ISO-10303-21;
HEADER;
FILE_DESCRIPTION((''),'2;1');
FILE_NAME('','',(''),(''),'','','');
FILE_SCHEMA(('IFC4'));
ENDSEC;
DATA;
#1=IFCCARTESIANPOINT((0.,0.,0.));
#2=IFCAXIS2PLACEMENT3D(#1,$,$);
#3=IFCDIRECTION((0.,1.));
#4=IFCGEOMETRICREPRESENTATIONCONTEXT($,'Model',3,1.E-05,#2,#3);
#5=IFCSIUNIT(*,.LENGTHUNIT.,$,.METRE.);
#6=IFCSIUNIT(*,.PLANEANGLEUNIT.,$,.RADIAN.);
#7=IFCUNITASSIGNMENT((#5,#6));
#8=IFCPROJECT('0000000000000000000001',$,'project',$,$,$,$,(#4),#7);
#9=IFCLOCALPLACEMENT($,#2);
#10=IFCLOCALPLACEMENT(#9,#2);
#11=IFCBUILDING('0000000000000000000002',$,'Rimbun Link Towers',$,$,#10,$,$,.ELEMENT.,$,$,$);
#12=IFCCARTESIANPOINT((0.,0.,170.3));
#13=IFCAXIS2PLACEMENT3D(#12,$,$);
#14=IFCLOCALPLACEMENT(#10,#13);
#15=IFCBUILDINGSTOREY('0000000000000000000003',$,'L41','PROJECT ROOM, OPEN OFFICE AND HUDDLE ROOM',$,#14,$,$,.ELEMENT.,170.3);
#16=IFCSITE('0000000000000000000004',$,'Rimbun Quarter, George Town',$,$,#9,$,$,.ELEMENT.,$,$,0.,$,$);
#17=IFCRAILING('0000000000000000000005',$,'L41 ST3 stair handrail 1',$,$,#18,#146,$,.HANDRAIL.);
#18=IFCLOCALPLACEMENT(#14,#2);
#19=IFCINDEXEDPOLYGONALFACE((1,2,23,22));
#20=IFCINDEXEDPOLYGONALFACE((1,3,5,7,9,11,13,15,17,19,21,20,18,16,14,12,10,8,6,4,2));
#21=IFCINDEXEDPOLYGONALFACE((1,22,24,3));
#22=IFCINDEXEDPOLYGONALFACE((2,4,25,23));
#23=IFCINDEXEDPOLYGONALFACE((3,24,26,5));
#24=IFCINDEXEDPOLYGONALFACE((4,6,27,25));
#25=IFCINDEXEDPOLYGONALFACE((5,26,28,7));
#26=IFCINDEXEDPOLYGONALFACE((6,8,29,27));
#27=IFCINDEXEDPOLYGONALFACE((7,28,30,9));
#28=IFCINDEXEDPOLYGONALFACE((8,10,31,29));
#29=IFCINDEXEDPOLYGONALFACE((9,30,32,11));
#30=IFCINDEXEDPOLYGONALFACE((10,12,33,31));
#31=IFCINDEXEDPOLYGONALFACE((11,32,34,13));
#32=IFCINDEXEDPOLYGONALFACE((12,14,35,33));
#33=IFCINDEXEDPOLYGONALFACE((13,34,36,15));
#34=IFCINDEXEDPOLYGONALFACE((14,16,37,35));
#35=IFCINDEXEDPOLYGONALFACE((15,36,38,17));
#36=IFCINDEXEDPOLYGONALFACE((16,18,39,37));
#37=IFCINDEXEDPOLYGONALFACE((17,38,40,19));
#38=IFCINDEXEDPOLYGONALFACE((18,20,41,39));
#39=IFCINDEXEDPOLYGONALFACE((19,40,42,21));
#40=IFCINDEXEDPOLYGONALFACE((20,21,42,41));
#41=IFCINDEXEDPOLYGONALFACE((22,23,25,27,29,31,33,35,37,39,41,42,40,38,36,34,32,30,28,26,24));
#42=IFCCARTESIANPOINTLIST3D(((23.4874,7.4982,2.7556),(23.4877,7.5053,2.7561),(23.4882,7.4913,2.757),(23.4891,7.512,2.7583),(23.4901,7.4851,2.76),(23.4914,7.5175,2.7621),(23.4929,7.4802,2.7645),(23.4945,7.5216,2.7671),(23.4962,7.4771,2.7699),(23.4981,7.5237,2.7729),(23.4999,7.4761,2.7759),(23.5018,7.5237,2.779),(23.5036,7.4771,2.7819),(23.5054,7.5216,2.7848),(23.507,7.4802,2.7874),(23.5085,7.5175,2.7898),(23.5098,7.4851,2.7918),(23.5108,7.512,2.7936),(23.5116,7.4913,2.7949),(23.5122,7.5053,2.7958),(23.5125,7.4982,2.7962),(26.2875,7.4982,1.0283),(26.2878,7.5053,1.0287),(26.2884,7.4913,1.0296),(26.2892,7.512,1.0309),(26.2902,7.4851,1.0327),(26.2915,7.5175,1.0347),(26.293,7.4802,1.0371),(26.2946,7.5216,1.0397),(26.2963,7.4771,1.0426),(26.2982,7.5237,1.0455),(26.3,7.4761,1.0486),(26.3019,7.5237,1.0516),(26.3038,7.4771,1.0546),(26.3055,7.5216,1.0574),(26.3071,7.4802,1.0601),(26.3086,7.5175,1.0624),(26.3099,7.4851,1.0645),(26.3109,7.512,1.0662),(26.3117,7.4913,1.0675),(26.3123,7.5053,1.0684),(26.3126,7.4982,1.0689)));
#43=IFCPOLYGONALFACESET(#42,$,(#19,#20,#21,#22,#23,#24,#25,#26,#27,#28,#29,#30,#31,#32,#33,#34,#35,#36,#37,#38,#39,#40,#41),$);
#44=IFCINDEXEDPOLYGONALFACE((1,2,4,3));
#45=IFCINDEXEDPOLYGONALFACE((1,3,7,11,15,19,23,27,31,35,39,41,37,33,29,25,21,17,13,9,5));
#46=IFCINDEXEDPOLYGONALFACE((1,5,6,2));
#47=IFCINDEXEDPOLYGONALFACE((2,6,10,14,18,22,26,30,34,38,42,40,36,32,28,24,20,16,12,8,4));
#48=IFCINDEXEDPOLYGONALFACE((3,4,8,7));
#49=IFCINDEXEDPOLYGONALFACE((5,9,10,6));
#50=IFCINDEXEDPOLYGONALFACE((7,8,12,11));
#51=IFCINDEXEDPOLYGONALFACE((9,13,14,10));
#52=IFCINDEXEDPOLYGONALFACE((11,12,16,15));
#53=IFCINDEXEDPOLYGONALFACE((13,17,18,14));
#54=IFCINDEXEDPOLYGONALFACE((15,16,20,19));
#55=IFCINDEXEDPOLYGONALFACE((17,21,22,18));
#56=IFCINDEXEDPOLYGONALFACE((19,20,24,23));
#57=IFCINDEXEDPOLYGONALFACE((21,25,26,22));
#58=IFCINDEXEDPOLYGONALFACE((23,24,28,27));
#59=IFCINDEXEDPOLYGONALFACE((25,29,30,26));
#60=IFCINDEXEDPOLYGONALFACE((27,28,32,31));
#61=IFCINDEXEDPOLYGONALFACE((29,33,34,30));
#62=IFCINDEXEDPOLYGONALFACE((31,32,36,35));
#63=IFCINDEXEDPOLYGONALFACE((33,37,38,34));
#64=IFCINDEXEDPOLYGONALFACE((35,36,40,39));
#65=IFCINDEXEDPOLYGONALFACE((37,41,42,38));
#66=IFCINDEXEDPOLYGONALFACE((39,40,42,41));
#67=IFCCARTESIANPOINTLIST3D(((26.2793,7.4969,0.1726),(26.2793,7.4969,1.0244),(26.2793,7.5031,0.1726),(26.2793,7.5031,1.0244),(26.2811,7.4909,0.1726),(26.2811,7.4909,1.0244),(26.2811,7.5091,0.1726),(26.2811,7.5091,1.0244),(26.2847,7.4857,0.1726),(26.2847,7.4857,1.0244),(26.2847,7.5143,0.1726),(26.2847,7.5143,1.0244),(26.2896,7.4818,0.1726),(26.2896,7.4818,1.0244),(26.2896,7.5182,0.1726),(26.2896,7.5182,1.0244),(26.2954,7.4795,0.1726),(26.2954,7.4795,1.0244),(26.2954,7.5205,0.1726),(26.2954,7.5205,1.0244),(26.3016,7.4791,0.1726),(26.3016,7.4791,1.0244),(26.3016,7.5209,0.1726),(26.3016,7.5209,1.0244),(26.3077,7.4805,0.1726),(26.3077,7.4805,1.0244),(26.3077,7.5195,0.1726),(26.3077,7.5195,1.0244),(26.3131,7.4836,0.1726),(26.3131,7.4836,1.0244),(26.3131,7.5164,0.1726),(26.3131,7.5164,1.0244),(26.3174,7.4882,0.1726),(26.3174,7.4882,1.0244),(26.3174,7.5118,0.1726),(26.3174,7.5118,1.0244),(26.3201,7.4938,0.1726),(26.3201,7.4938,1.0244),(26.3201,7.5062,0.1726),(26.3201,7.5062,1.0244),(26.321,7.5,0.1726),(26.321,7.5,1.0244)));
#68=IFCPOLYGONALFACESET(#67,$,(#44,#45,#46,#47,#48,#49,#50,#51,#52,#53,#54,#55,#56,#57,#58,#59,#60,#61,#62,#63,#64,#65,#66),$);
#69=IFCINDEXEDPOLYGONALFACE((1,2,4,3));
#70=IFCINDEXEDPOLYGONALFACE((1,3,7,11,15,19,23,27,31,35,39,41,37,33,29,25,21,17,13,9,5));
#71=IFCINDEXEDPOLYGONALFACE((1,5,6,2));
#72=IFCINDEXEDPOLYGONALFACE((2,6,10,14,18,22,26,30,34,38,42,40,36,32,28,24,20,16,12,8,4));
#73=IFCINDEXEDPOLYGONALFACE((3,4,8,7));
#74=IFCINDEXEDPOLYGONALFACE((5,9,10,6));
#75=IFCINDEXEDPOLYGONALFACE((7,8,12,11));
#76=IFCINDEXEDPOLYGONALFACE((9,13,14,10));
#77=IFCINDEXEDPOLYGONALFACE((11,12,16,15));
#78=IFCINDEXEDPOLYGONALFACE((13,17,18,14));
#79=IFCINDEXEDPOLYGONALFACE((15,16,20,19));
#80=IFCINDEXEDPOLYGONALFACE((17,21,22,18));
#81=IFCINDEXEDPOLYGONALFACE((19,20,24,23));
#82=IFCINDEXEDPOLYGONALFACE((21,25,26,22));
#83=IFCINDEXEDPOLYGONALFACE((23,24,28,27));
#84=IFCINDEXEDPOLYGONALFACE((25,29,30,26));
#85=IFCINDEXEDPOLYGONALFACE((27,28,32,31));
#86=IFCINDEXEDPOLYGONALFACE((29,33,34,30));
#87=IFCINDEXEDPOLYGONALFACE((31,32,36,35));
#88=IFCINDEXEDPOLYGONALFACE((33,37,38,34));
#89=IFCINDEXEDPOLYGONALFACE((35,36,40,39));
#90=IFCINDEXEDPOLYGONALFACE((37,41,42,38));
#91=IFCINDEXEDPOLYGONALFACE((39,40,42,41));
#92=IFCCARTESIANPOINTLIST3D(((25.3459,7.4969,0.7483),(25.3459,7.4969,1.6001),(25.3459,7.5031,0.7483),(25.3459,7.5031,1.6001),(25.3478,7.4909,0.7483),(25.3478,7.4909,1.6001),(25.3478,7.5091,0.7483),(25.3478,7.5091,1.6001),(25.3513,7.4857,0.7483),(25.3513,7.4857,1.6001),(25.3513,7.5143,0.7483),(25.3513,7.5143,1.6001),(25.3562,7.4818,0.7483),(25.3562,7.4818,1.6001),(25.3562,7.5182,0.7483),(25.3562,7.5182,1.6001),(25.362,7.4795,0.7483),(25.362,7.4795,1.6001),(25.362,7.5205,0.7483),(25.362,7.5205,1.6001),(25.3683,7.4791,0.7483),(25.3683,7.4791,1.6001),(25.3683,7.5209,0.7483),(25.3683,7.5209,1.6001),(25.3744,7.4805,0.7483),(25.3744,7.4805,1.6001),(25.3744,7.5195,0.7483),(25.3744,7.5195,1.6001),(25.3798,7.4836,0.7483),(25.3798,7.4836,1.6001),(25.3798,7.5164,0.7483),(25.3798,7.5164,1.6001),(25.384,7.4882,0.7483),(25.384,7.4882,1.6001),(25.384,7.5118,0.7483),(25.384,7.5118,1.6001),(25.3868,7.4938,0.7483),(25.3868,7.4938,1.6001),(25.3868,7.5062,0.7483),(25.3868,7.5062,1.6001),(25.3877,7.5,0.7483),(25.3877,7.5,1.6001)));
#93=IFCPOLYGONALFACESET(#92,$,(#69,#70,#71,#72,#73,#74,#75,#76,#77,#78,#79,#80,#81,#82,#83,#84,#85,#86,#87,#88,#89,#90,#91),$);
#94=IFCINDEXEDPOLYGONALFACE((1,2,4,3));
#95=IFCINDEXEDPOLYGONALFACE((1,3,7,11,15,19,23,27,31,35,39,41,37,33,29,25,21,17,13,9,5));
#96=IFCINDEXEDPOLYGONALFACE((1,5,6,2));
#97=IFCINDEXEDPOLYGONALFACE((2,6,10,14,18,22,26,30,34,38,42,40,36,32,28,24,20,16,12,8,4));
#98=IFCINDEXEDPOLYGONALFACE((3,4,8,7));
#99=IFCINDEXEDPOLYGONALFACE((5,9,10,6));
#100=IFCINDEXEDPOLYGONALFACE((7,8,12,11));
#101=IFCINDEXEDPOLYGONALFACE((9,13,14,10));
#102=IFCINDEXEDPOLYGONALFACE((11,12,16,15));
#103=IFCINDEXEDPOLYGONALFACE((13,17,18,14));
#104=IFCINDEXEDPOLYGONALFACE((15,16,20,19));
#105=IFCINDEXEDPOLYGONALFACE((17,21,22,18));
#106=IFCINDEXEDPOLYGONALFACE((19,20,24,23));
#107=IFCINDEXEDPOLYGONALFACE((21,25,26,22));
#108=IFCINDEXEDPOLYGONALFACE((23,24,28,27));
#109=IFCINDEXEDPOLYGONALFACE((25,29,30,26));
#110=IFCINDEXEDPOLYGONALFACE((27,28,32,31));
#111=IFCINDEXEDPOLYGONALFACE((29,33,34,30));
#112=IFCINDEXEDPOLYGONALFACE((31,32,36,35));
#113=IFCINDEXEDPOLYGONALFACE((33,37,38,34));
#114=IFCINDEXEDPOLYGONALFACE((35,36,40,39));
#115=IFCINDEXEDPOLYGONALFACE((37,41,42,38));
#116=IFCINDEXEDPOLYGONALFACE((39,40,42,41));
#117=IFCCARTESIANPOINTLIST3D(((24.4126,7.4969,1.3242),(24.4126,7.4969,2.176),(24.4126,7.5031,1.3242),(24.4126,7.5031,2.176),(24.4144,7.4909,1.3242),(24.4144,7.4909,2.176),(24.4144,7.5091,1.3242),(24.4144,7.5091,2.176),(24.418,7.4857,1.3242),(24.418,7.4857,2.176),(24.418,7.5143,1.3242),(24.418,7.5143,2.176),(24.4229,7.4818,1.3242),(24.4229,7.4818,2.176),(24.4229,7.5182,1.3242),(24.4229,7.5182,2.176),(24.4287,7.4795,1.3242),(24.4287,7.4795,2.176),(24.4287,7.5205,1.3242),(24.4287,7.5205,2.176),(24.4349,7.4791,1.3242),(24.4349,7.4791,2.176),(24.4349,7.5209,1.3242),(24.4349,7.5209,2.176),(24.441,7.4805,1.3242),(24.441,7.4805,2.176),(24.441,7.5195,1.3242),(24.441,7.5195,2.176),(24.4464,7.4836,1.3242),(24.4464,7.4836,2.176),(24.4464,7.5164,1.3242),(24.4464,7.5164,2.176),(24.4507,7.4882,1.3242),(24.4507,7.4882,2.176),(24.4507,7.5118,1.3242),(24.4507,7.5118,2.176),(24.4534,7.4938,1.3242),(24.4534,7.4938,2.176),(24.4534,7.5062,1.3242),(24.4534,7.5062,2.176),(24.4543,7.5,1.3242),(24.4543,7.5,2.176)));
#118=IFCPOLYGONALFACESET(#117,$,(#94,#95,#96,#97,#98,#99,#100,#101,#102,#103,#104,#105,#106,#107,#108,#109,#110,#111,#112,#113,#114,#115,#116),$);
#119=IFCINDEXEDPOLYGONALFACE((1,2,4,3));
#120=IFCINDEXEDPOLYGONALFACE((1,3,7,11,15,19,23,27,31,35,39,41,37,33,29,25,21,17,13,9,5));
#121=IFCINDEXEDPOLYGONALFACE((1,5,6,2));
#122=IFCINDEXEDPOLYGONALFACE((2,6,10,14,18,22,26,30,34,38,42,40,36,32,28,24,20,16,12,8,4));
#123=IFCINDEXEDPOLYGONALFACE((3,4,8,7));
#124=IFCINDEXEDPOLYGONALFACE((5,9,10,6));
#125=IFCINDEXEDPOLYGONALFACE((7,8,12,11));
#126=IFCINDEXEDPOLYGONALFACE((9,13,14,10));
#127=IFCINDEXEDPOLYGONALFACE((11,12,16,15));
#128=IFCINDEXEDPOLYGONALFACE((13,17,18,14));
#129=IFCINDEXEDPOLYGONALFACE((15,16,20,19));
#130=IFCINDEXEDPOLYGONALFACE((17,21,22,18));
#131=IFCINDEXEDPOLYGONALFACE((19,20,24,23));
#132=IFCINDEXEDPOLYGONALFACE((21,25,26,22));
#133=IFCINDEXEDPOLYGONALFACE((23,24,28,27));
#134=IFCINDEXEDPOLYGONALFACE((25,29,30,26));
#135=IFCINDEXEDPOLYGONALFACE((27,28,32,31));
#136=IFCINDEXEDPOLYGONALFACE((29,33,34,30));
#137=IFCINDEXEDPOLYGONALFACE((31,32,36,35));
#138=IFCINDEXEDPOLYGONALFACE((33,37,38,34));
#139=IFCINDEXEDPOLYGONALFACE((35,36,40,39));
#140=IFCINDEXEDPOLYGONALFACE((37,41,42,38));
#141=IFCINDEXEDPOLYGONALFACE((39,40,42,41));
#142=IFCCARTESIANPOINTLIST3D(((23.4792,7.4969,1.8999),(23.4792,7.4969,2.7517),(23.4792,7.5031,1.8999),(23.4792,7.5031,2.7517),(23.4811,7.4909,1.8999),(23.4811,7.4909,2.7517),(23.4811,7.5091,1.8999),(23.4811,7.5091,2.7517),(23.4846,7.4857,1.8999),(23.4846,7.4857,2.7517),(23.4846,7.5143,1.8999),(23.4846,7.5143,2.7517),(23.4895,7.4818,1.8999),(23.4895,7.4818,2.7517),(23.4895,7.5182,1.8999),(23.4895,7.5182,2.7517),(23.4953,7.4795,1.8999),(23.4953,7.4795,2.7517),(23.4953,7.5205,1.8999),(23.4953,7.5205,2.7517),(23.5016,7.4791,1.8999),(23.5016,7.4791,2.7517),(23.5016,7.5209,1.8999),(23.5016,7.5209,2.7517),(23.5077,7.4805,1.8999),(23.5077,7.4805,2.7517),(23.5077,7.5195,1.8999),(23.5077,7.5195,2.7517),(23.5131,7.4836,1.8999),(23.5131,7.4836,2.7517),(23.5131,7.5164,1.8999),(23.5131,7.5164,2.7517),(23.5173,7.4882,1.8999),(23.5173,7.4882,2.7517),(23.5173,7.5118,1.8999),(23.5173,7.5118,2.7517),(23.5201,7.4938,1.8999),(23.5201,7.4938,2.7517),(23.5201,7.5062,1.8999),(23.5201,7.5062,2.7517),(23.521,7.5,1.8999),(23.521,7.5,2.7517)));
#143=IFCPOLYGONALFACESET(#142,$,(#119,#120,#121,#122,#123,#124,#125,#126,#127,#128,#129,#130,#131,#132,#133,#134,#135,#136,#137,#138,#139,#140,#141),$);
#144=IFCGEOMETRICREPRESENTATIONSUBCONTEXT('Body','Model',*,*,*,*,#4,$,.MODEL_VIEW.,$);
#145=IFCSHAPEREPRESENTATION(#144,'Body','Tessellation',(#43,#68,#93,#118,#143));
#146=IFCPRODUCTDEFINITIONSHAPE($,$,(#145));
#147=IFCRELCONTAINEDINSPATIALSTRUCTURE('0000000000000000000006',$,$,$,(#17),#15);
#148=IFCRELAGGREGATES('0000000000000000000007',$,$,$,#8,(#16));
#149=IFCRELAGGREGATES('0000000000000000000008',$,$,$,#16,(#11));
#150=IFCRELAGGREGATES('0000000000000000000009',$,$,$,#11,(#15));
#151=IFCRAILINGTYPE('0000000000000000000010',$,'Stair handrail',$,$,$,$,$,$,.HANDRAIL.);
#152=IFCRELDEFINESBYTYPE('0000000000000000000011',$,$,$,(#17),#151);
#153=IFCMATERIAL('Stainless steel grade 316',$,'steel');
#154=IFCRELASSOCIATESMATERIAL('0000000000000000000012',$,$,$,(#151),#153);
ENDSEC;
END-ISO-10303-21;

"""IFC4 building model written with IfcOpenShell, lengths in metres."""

from ifc_helpers import new_model, si_unit, direction, frame, origin, origin_2d, place, context, subcontext, project, spatial, circle, extrude, material, type_object, element, save


model = new_model("IFC4")

# Units and contexts
model_context = context("Model", 3, precision=1e-05, world=origin(), true_north=direction((0.0, 1.0)))
body_context = subcontext(model_context, "Body", "Model", "MODEL_VIEW")
ifc_project = project(units=[si_unit("LENGTHUNIT", "METRE"), si_unit("PLANEANGLEUNIT", "RADIAN")], contexts=[model_context])

# Site, building, storey
site_placement = place(None, origin())
site = spatial("IfcSite", under=ifc_project, at=site_placement, Name="Rimbun Quarter, George Town", CompositionType="ELEMENT", RefElevation=0.0)
building_placement = place(site_placement, origin())
building = spatial("IfcBuilding", under=site, at=building_placement, Name="Rimbun Link Towers", CompositionType="ELEMENT")
storey_placement = place(building_placement, frame((0.0, 0.0, 170.3)))
storey = spatial("IfcBuildingStorey", under=building, at=storey_placement, Name="L41", Description="PROJECT ROOM, OPEN OFFICE AND HUDDLE ROOM", CompositionType="ELEMENT", Elevation=170.3)

# Railing
ifc_material_1 = material(Name="Stainless steel grade 316", Category="steel")
railing_type_1 = type_object("IfcRailingType", Name="Stair handrail", PredefinedType="HANDRAIL", material=ifc_material_1)
railing_1_placement = place(storey_placement, frame((26.3, 7.5, 0.1726)))
element("IfcRailing", 1, at=railing_1_placement, inside=storey, type_object=railing_type_1, Name="L41 ST3 stair handrail 1", PredefinedType="HANDRAIL", context=body_context, shape_type="SweptSolid", body=[
    extrude(circle(Radius=0.0239, at=origin_2d()), frame((0.0, 0.0, 0.876), z_axis=(-0.85109, 0.0, 0.52502), x_axis=(0.0, -1.0, 0.0)), (0.0, 0.0, 1.0), 3.29),
    extrude(circle(Radius=0.021, at=origin_2d()), origin(), (0.0, 0.0, 1.0), 0.8518),
    extrude(circle(Radius=0.021, at=origin_2d()), frame((-0.9333, 0.0, 0.5757)), (0.0, 0.0, 1.0), 0.8518),
    extrude(circle(Radius=0.021, at=origin_2d()), frame((-1.8667, 0.0, 1.1516)), (0.0, 0.0, 1.0), 0.8518),
    extrude(circle(Radius=0.021, at=origin_2d()), frame((-2.8, 0.0, 1.7273)), (0.0, 0.0, 1.0), 0.8518),
])

save(model, "model.ifc")
